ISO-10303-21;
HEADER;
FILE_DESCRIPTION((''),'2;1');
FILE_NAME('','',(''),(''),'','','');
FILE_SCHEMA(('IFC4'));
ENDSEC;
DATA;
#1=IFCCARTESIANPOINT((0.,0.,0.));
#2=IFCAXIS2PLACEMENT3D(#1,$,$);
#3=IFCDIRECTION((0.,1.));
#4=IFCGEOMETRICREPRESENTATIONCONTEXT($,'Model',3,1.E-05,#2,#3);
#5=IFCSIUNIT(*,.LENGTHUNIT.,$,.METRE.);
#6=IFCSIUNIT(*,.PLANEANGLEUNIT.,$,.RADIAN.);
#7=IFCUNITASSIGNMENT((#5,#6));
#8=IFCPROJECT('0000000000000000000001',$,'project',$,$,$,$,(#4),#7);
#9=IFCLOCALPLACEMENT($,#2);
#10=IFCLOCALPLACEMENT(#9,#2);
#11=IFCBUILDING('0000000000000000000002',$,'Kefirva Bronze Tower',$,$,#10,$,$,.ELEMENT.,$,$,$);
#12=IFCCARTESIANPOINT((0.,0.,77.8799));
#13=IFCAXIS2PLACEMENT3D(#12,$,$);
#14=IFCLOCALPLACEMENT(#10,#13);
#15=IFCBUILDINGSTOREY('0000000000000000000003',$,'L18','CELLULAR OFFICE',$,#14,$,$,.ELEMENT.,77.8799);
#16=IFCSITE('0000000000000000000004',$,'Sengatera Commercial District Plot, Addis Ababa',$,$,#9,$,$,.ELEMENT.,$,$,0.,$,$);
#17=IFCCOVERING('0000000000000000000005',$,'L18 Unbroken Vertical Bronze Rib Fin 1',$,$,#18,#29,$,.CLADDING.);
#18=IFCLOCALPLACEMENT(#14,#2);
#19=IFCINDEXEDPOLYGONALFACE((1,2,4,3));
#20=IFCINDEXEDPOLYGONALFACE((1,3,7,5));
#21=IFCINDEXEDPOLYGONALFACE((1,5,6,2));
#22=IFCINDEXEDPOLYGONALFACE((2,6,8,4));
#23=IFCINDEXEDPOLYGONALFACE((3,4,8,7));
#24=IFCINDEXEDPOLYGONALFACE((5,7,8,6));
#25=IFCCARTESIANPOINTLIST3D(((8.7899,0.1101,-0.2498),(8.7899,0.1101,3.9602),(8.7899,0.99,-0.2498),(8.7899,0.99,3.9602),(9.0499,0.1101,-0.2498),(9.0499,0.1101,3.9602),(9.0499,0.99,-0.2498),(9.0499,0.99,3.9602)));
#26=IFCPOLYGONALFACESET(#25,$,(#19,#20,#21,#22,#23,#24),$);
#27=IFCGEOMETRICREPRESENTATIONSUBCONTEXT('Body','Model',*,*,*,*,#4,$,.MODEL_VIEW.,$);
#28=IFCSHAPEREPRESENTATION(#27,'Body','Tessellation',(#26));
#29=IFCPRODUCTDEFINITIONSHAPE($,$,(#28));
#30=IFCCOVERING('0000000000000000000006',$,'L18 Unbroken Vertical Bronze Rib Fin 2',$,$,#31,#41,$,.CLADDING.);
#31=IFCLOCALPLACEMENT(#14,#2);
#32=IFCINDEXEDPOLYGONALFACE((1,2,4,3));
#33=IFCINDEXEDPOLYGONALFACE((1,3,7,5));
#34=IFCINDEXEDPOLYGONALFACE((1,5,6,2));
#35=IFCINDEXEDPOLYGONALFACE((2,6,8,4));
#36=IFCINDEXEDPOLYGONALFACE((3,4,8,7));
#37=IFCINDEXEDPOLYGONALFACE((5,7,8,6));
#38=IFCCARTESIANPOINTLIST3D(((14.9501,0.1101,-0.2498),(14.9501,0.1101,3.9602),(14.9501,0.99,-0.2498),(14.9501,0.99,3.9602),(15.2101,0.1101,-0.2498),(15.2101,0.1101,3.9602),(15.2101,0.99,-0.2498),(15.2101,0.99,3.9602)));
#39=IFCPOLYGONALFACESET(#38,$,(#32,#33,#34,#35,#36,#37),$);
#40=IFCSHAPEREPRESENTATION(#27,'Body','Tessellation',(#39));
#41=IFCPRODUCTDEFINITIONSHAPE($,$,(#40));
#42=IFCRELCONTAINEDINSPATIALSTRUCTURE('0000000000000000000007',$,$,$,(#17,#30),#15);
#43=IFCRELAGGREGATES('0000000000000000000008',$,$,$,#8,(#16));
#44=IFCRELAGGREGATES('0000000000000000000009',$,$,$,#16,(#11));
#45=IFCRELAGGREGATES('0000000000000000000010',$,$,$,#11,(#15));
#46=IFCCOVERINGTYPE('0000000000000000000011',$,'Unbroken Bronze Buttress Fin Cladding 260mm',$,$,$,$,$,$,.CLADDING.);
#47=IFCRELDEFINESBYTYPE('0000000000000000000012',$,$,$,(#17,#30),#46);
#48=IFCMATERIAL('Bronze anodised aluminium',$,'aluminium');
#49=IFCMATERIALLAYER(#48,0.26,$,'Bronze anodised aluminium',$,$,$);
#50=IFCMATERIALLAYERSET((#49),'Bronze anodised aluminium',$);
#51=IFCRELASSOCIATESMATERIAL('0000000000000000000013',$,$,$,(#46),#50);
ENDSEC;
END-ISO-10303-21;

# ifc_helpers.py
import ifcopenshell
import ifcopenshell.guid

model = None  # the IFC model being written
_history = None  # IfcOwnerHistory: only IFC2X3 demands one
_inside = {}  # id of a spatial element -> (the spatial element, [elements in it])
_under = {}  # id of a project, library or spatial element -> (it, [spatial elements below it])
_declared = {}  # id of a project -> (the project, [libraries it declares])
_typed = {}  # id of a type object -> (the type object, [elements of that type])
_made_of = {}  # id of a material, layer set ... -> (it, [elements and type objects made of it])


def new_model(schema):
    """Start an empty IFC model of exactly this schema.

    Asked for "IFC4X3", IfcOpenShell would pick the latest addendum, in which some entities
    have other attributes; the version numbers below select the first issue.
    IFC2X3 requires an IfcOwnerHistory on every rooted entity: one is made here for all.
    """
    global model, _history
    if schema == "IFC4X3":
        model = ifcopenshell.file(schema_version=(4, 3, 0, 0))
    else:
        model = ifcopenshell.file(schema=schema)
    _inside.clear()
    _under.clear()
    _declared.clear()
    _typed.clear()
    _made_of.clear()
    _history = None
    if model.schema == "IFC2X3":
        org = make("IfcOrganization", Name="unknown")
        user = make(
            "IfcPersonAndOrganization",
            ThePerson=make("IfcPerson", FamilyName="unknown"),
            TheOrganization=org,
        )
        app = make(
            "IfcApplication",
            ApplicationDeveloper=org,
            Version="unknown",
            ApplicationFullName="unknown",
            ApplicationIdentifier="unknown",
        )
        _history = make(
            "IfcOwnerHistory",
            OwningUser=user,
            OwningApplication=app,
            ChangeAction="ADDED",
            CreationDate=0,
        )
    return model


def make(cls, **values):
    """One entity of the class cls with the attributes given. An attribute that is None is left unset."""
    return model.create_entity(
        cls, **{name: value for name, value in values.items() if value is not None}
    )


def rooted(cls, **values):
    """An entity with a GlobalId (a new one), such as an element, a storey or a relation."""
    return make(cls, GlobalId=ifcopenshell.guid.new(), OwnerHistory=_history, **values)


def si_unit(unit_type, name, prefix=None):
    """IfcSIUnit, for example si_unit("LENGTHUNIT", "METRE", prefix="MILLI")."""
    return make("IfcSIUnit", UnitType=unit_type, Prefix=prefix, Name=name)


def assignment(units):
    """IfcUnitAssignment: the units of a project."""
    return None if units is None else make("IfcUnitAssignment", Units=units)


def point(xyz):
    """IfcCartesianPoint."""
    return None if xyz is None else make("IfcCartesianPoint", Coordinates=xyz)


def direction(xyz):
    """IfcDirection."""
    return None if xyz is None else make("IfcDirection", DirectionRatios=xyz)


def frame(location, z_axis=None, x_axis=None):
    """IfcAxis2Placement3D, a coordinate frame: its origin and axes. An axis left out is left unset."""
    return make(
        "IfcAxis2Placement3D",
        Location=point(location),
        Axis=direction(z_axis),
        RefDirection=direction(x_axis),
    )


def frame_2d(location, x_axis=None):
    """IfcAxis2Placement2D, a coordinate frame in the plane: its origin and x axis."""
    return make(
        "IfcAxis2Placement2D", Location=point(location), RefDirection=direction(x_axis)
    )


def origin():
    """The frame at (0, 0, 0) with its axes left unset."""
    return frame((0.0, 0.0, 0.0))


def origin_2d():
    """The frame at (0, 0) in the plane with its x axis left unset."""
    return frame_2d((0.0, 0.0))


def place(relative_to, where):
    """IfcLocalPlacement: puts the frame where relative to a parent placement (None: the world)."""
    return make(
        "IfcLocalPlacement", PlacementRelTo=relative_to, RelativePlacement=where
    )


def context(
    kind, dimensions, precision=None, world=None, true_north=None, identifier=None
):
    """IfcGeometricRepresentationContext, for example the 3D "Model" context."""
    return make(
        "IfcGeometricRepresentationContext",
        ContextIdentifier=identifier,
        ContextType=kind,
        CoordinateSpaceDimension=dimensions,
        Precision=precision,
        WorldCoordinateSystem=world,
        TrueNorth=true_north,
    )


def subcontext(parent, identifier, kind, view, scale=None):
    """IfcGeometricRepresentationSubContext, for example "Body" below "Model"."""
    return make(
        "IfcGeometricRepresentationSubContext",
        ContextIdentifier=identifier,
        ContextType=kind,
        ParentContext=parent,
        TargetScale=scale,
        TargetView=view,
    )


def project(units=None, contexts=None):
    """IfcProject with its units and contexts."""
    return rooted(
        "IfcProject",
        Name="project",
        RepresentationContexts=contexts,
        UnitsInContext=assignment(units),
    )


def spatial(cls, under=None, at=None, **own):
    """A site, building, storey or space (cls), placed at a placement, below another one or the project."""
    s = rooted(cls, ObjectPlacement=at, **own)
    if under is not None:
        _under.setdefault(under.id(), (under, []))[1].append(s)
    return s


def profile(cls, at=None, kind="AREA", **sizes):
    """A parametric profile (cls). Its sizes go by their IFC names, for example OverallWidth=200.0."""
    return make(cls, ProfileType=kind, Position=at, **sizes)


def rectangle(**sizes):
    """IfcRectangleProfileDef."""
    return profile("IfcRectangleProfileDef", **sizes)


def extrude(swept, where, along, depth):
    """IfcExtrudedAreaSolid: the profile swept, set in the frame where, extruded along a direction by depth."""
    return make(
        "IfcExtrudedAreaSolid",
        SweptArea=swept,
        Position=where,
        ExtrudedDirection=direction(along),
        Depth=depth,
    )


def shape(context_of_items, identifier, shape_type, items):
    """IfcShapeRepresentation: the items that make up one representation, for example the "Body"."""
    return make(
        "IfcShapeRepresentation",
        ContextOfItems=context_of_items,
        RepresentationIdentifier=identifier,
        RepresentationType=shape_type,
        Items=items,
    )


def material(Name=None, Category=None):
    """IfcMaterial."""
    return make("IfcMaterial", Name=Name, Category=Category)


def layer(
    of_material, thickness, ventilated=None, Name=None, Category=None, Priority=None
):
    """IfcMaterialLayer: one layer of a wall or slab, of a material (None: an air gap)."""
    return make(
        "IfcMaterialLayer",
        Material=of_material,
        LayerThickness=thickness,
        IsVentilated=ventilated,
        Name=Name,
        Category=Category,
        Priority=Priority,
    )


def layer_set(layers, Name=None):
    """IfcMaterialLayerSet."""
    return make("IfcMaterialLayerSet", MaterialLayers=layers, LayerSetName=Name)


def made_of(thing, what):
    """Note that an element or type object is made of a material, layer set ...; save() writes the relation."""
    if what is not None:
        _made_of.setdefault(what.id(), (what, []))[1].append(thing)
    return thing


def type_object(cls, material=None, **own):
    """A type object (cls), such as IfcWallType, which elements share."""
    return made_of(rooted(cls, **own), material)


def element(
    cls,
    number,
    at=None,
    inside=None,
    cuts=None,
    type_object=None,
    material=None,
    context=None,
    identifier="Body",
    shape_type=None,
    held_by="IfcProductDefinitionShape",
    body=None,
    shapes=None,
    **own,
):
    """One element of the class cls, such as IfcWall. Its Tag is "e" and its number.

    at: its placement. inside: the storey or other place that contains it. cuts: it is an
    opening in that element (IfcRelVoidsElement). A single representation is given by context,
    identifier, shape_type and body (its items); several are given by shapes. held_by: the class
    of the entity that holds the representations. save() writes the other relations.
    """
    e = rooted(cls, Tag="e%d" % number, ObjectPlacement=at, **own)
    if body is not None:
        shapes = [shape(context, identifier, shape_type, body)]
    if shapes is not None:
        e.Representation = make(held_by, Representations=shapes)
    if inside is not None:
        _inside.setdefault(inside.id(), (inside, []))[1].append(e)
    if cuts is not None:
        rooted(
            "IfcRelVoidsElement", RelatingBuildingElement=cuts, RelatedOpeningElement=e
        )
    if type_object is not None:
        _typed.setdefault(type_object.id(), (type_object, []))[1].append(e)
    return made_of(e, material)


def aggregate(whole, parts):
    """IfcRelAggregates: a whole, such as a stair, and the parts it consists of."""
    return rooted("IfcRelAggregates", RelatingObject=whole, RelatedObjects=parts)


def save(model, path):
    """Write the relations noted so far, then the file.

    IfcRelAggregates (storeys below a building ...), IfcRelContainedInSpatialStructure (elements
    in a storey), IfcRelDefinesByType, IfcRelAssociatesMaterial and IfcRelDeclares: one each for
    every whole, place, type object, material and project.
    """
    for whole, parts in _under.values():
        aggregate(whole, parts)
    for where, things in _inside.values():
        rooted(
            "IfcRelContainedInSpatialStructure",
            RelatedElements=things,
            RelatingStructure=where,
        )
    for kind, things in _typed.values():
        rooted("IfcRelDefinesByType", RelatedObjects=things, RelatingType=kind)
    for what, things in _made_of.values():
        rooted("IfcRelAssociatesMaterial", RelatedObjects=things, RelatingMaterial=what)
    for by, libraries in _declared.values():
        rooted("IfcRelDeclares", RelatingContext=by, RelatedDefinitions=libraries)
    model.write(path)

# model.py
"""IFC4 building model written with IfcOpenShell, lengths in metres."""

from ifc_helpers import new_model, si_unit, direction, frame, origin, origin_2d, place, context, subcontext, project, spatial, rectangle, extrude, material, layer, layer_set, type_object, element, save


model = new_model("IFC4")

# Units and contexts
model_context = context("Model", 3, precision=1e-05, world=origin(), true_north=direction((0.0, 1.0)))
body_context = subcontext(model_context, "Body", "Model", "MODEL_VIEW")
ifc_project = project(units=[si_unit("LENGTHUNIT", "METRE"), si_unit("PLANEANGLEUNIT", "RADIAN")], contexts=[model_context])

# Site, building, storey
site_placement = place(None, origin())
site = spatial("IfcSite", under=ifc_project, at=site_placement, Name="Sengatera Commercial District Plot, Addis Ababa", CompositionType="ELEMENT", RefElevation=0.0)
building_placement = place(site_placement, origin())
building = spatial("IfcBuilding", under=site, at=building_placement, Name="Kefirva Bronze Tower", CompositionType="ELEMENT")
storey_placement = place(building_placement, frame((0.0, 0.0, 77.8799)))
storey = spatial("IfcBuildingStorey", under=building, at=storey_placement, Name="L18", Description="CELLULAR OFFICE", CompositionType="ELEMENT", Elevation=77.8799)

# Coverings
ifc_material_1 = material(Name="Bronze anodised aluminium", Category="aluminium")
ifc_layer_1 = layer(ifc_material_1, 0.26, Name="Bronze anodised aluminium")
ifc_layer_set_1 = layer_set([ifc_layer_1], Name="Bronze anodised aluminium")
covering_type_1 = type_object("IfcCoveringType", Name="Unbroken Bronze Buttress Fin Cladding 260mm", PredefinedType="CLADDING", material=ifc_layer_set_1)
for number, where, z_axis, x_axis, name in (
    (1, (8.9199, 0.55, -0.2498), (0.0, 0.0, 1.0), (1.0, 0.0, 0.0), "L18 Unbroken Vertical Bronze Rib Fin 1"),
    (2, (15.0801, 0.55, -0.2498), (0.0, 0.0, 1.0), (1.0, 0.0, 0.0), "L18 Unbroken Vertical Bronze Rib Fin 2"),
):
    element("IfcCovering", number, at=place(storey_placement, frame(where, z_axis=z_axis, x_axis=x_axis)), inside=storey, type_object=covering_type_1, Name=name, PredefinedType="CLADDING", context=body_context, shape_type="SweptSolid", body=[
        extrude(rectangle(XDim=0.26, YDim=0.8799, at=origin_2d()), origin(), (0.0, 0.0, 1.0), 4.21),
    ])

save(model, "model.ifc")
